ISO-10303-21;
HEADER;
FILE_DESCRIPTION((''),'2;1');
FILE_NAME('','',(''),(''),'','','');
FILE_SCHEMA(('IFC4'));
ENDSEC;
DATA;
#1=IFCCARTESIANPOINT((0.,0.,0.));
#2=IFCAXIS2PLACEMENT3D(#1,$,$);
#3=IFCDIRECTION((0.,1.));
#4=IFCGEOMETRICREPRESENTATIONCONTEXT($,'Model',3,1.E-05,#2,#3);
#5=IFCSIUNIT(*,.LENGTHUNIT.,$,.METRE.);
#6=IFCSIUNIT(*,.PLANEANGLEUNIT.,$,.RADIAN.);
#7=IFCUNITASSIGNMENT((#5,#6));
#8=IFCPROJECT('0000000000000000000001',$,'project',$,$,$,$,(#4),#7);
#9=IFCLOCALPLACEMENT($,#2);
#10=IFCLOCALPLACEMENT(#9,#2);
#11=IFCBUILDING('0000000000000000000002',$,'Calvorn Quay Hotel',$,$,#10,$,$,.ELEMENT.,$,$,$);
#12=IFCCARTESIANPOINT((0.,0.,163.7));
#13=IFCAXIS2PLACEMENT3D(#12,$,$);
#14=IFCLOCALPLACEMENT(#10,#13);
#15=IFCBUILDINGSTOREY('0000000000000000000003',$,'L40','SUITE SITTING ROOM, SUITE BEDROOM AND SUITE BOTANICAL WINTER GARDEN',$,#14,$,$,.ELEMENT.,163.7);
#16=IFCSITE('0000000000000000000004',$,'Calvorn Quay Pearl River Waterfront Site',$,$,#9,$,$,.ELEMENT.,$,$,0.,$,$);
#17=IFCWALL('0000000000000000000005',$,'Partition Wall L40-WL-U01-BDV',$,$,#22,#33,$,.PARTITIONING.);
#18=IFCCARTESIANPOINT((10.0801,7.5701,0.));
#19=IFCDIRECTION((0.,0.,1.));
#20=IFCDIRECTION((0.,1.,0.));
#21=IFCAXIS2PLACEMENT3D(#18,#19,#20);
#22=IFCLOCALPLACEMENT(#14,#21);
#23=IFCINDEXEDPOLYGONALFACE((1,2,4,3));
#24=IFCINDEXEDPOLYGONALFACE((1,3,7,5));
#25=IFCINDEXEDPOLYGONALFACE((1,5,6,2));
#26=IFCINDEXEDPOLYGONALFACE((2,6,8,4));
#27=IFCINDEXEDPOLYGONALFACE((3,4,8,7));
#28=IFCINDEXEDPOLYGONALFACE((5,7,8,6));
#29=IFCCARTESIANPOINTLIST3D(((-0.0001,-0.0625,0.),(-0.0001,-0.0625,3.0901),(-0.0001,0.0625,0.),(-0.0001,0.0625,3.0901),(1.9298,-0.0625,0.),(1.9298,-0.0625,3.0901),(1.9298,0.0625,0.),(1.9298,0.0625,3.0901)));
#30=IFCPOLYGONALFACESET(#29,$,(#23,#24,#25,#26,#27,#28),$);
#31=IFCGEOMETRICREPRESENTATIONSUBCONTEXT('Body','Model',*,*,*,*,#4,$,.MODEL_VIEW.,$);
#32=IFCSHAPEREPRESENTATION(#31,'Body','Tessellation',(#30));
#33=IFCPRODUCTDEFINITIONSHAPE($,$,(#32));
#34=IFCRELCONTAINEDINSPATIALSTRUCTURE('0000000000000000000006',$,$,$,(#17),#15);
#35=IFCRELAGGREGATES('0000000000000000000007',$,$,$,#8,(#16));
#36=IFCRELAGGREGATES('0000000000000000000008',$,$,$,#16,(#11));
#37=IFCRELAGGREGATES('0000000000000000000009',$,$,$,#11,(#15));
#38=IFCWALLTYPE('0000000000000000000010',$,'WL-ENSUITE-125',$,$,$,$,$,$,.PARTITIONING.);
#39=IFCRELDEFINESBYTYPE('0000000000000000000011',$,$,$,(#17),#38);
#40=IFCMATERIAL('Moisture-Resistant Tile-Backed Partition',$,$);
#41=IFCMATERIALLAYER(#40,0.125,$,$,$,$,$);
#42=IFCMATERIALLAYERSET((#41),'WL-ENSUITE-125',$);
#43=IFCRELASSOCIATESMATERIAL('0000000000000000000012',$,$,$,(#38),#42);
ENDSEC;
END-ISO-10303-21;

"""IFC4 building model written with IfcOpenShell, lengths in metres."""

from ifc_helpers import new_model, si_unit, direction, frame, frame_2d, origin, place, context, subcontext, project, spatial, rectangle, extrude, material, layer, layer_set, type_object, element, save


model = new_model("IFC4")

# Units and contexts
model_context = context("Model", 3, precision=1e-05, world=origin(), true_north=direction((0.0, 1.0)))
body_context = subcontext(model_context, "Body", "Model", "MODEL_VIEW")
ifc_project = project(units=[si_unit("LENGTHUNIT", "METRE"), si_unit("PLANEANGLEUNIT", "RADIAN")], contexts=[model_context])

# Site, building, storey
site_placement = place(None, origin())
site = spatial("IfcSite", under=ifc_project, at=site_placement, Name="Calvorn Quay Pearl River Waterfront Site", CompositionType="ELEMENT", RefElevation=0.0)
building_placement = place(site_placement, origin())
building = spatial("IfcBuilding", under=site, at=building_placement, Name="Calvorn Quay Hotel", CompositionType="ELEMENT")
storey_placement = place(building_placement, frame((0.0, 0.0, 163.7)))
storey = spatial("IfcBuildingStorey", under=building, at=storey_placement, Name="L40", Description="SUITE SITTING ROOM, SUITE BEDROOM AND SUITE BOTANICAL WINTER GARDEN", CompositionType="ELEMENT", Elevation=163.7)

# Wall
ifc_material_1 = material(Name="Moisture-Resistant Tile-Backed Partition")
ifc_layer_1 = layer(ifc_material_1, 0.125)
ifc_layer_set_1 = layer_set([ifc_layer_1], Name="WL-ENSUITE-125")
wall_type_1 = type_object("IfcWallType", Name="WL-ENSUITE-125", PredefinedType="PARTITIONING", material=ifc_layer_set_1)
wall_1_placement = place(storey_placement, frame((10.0801, 7.5701, 0.0), z_axis=(0.0, 0.0, 1.0), x_axis=(0.0, 1.0, 0.0)))
element("IfcWall", 1, at=wall_1_placement, inside=storey, type_object=wall_type_1, Name="Partition Wall L40-WL-U01-BDV", PredefinedType="PARTITIONING", context=body_context, shape_type="SweptSolid", body=[
    extrude(rectangle(XDim=1.9299, YDim=0.125, at=frame_2d((0.9648, 0.0))), origin(), (0.0, 0.0, 1.0), 3.0901),
])

save(model, "model.ifc")
